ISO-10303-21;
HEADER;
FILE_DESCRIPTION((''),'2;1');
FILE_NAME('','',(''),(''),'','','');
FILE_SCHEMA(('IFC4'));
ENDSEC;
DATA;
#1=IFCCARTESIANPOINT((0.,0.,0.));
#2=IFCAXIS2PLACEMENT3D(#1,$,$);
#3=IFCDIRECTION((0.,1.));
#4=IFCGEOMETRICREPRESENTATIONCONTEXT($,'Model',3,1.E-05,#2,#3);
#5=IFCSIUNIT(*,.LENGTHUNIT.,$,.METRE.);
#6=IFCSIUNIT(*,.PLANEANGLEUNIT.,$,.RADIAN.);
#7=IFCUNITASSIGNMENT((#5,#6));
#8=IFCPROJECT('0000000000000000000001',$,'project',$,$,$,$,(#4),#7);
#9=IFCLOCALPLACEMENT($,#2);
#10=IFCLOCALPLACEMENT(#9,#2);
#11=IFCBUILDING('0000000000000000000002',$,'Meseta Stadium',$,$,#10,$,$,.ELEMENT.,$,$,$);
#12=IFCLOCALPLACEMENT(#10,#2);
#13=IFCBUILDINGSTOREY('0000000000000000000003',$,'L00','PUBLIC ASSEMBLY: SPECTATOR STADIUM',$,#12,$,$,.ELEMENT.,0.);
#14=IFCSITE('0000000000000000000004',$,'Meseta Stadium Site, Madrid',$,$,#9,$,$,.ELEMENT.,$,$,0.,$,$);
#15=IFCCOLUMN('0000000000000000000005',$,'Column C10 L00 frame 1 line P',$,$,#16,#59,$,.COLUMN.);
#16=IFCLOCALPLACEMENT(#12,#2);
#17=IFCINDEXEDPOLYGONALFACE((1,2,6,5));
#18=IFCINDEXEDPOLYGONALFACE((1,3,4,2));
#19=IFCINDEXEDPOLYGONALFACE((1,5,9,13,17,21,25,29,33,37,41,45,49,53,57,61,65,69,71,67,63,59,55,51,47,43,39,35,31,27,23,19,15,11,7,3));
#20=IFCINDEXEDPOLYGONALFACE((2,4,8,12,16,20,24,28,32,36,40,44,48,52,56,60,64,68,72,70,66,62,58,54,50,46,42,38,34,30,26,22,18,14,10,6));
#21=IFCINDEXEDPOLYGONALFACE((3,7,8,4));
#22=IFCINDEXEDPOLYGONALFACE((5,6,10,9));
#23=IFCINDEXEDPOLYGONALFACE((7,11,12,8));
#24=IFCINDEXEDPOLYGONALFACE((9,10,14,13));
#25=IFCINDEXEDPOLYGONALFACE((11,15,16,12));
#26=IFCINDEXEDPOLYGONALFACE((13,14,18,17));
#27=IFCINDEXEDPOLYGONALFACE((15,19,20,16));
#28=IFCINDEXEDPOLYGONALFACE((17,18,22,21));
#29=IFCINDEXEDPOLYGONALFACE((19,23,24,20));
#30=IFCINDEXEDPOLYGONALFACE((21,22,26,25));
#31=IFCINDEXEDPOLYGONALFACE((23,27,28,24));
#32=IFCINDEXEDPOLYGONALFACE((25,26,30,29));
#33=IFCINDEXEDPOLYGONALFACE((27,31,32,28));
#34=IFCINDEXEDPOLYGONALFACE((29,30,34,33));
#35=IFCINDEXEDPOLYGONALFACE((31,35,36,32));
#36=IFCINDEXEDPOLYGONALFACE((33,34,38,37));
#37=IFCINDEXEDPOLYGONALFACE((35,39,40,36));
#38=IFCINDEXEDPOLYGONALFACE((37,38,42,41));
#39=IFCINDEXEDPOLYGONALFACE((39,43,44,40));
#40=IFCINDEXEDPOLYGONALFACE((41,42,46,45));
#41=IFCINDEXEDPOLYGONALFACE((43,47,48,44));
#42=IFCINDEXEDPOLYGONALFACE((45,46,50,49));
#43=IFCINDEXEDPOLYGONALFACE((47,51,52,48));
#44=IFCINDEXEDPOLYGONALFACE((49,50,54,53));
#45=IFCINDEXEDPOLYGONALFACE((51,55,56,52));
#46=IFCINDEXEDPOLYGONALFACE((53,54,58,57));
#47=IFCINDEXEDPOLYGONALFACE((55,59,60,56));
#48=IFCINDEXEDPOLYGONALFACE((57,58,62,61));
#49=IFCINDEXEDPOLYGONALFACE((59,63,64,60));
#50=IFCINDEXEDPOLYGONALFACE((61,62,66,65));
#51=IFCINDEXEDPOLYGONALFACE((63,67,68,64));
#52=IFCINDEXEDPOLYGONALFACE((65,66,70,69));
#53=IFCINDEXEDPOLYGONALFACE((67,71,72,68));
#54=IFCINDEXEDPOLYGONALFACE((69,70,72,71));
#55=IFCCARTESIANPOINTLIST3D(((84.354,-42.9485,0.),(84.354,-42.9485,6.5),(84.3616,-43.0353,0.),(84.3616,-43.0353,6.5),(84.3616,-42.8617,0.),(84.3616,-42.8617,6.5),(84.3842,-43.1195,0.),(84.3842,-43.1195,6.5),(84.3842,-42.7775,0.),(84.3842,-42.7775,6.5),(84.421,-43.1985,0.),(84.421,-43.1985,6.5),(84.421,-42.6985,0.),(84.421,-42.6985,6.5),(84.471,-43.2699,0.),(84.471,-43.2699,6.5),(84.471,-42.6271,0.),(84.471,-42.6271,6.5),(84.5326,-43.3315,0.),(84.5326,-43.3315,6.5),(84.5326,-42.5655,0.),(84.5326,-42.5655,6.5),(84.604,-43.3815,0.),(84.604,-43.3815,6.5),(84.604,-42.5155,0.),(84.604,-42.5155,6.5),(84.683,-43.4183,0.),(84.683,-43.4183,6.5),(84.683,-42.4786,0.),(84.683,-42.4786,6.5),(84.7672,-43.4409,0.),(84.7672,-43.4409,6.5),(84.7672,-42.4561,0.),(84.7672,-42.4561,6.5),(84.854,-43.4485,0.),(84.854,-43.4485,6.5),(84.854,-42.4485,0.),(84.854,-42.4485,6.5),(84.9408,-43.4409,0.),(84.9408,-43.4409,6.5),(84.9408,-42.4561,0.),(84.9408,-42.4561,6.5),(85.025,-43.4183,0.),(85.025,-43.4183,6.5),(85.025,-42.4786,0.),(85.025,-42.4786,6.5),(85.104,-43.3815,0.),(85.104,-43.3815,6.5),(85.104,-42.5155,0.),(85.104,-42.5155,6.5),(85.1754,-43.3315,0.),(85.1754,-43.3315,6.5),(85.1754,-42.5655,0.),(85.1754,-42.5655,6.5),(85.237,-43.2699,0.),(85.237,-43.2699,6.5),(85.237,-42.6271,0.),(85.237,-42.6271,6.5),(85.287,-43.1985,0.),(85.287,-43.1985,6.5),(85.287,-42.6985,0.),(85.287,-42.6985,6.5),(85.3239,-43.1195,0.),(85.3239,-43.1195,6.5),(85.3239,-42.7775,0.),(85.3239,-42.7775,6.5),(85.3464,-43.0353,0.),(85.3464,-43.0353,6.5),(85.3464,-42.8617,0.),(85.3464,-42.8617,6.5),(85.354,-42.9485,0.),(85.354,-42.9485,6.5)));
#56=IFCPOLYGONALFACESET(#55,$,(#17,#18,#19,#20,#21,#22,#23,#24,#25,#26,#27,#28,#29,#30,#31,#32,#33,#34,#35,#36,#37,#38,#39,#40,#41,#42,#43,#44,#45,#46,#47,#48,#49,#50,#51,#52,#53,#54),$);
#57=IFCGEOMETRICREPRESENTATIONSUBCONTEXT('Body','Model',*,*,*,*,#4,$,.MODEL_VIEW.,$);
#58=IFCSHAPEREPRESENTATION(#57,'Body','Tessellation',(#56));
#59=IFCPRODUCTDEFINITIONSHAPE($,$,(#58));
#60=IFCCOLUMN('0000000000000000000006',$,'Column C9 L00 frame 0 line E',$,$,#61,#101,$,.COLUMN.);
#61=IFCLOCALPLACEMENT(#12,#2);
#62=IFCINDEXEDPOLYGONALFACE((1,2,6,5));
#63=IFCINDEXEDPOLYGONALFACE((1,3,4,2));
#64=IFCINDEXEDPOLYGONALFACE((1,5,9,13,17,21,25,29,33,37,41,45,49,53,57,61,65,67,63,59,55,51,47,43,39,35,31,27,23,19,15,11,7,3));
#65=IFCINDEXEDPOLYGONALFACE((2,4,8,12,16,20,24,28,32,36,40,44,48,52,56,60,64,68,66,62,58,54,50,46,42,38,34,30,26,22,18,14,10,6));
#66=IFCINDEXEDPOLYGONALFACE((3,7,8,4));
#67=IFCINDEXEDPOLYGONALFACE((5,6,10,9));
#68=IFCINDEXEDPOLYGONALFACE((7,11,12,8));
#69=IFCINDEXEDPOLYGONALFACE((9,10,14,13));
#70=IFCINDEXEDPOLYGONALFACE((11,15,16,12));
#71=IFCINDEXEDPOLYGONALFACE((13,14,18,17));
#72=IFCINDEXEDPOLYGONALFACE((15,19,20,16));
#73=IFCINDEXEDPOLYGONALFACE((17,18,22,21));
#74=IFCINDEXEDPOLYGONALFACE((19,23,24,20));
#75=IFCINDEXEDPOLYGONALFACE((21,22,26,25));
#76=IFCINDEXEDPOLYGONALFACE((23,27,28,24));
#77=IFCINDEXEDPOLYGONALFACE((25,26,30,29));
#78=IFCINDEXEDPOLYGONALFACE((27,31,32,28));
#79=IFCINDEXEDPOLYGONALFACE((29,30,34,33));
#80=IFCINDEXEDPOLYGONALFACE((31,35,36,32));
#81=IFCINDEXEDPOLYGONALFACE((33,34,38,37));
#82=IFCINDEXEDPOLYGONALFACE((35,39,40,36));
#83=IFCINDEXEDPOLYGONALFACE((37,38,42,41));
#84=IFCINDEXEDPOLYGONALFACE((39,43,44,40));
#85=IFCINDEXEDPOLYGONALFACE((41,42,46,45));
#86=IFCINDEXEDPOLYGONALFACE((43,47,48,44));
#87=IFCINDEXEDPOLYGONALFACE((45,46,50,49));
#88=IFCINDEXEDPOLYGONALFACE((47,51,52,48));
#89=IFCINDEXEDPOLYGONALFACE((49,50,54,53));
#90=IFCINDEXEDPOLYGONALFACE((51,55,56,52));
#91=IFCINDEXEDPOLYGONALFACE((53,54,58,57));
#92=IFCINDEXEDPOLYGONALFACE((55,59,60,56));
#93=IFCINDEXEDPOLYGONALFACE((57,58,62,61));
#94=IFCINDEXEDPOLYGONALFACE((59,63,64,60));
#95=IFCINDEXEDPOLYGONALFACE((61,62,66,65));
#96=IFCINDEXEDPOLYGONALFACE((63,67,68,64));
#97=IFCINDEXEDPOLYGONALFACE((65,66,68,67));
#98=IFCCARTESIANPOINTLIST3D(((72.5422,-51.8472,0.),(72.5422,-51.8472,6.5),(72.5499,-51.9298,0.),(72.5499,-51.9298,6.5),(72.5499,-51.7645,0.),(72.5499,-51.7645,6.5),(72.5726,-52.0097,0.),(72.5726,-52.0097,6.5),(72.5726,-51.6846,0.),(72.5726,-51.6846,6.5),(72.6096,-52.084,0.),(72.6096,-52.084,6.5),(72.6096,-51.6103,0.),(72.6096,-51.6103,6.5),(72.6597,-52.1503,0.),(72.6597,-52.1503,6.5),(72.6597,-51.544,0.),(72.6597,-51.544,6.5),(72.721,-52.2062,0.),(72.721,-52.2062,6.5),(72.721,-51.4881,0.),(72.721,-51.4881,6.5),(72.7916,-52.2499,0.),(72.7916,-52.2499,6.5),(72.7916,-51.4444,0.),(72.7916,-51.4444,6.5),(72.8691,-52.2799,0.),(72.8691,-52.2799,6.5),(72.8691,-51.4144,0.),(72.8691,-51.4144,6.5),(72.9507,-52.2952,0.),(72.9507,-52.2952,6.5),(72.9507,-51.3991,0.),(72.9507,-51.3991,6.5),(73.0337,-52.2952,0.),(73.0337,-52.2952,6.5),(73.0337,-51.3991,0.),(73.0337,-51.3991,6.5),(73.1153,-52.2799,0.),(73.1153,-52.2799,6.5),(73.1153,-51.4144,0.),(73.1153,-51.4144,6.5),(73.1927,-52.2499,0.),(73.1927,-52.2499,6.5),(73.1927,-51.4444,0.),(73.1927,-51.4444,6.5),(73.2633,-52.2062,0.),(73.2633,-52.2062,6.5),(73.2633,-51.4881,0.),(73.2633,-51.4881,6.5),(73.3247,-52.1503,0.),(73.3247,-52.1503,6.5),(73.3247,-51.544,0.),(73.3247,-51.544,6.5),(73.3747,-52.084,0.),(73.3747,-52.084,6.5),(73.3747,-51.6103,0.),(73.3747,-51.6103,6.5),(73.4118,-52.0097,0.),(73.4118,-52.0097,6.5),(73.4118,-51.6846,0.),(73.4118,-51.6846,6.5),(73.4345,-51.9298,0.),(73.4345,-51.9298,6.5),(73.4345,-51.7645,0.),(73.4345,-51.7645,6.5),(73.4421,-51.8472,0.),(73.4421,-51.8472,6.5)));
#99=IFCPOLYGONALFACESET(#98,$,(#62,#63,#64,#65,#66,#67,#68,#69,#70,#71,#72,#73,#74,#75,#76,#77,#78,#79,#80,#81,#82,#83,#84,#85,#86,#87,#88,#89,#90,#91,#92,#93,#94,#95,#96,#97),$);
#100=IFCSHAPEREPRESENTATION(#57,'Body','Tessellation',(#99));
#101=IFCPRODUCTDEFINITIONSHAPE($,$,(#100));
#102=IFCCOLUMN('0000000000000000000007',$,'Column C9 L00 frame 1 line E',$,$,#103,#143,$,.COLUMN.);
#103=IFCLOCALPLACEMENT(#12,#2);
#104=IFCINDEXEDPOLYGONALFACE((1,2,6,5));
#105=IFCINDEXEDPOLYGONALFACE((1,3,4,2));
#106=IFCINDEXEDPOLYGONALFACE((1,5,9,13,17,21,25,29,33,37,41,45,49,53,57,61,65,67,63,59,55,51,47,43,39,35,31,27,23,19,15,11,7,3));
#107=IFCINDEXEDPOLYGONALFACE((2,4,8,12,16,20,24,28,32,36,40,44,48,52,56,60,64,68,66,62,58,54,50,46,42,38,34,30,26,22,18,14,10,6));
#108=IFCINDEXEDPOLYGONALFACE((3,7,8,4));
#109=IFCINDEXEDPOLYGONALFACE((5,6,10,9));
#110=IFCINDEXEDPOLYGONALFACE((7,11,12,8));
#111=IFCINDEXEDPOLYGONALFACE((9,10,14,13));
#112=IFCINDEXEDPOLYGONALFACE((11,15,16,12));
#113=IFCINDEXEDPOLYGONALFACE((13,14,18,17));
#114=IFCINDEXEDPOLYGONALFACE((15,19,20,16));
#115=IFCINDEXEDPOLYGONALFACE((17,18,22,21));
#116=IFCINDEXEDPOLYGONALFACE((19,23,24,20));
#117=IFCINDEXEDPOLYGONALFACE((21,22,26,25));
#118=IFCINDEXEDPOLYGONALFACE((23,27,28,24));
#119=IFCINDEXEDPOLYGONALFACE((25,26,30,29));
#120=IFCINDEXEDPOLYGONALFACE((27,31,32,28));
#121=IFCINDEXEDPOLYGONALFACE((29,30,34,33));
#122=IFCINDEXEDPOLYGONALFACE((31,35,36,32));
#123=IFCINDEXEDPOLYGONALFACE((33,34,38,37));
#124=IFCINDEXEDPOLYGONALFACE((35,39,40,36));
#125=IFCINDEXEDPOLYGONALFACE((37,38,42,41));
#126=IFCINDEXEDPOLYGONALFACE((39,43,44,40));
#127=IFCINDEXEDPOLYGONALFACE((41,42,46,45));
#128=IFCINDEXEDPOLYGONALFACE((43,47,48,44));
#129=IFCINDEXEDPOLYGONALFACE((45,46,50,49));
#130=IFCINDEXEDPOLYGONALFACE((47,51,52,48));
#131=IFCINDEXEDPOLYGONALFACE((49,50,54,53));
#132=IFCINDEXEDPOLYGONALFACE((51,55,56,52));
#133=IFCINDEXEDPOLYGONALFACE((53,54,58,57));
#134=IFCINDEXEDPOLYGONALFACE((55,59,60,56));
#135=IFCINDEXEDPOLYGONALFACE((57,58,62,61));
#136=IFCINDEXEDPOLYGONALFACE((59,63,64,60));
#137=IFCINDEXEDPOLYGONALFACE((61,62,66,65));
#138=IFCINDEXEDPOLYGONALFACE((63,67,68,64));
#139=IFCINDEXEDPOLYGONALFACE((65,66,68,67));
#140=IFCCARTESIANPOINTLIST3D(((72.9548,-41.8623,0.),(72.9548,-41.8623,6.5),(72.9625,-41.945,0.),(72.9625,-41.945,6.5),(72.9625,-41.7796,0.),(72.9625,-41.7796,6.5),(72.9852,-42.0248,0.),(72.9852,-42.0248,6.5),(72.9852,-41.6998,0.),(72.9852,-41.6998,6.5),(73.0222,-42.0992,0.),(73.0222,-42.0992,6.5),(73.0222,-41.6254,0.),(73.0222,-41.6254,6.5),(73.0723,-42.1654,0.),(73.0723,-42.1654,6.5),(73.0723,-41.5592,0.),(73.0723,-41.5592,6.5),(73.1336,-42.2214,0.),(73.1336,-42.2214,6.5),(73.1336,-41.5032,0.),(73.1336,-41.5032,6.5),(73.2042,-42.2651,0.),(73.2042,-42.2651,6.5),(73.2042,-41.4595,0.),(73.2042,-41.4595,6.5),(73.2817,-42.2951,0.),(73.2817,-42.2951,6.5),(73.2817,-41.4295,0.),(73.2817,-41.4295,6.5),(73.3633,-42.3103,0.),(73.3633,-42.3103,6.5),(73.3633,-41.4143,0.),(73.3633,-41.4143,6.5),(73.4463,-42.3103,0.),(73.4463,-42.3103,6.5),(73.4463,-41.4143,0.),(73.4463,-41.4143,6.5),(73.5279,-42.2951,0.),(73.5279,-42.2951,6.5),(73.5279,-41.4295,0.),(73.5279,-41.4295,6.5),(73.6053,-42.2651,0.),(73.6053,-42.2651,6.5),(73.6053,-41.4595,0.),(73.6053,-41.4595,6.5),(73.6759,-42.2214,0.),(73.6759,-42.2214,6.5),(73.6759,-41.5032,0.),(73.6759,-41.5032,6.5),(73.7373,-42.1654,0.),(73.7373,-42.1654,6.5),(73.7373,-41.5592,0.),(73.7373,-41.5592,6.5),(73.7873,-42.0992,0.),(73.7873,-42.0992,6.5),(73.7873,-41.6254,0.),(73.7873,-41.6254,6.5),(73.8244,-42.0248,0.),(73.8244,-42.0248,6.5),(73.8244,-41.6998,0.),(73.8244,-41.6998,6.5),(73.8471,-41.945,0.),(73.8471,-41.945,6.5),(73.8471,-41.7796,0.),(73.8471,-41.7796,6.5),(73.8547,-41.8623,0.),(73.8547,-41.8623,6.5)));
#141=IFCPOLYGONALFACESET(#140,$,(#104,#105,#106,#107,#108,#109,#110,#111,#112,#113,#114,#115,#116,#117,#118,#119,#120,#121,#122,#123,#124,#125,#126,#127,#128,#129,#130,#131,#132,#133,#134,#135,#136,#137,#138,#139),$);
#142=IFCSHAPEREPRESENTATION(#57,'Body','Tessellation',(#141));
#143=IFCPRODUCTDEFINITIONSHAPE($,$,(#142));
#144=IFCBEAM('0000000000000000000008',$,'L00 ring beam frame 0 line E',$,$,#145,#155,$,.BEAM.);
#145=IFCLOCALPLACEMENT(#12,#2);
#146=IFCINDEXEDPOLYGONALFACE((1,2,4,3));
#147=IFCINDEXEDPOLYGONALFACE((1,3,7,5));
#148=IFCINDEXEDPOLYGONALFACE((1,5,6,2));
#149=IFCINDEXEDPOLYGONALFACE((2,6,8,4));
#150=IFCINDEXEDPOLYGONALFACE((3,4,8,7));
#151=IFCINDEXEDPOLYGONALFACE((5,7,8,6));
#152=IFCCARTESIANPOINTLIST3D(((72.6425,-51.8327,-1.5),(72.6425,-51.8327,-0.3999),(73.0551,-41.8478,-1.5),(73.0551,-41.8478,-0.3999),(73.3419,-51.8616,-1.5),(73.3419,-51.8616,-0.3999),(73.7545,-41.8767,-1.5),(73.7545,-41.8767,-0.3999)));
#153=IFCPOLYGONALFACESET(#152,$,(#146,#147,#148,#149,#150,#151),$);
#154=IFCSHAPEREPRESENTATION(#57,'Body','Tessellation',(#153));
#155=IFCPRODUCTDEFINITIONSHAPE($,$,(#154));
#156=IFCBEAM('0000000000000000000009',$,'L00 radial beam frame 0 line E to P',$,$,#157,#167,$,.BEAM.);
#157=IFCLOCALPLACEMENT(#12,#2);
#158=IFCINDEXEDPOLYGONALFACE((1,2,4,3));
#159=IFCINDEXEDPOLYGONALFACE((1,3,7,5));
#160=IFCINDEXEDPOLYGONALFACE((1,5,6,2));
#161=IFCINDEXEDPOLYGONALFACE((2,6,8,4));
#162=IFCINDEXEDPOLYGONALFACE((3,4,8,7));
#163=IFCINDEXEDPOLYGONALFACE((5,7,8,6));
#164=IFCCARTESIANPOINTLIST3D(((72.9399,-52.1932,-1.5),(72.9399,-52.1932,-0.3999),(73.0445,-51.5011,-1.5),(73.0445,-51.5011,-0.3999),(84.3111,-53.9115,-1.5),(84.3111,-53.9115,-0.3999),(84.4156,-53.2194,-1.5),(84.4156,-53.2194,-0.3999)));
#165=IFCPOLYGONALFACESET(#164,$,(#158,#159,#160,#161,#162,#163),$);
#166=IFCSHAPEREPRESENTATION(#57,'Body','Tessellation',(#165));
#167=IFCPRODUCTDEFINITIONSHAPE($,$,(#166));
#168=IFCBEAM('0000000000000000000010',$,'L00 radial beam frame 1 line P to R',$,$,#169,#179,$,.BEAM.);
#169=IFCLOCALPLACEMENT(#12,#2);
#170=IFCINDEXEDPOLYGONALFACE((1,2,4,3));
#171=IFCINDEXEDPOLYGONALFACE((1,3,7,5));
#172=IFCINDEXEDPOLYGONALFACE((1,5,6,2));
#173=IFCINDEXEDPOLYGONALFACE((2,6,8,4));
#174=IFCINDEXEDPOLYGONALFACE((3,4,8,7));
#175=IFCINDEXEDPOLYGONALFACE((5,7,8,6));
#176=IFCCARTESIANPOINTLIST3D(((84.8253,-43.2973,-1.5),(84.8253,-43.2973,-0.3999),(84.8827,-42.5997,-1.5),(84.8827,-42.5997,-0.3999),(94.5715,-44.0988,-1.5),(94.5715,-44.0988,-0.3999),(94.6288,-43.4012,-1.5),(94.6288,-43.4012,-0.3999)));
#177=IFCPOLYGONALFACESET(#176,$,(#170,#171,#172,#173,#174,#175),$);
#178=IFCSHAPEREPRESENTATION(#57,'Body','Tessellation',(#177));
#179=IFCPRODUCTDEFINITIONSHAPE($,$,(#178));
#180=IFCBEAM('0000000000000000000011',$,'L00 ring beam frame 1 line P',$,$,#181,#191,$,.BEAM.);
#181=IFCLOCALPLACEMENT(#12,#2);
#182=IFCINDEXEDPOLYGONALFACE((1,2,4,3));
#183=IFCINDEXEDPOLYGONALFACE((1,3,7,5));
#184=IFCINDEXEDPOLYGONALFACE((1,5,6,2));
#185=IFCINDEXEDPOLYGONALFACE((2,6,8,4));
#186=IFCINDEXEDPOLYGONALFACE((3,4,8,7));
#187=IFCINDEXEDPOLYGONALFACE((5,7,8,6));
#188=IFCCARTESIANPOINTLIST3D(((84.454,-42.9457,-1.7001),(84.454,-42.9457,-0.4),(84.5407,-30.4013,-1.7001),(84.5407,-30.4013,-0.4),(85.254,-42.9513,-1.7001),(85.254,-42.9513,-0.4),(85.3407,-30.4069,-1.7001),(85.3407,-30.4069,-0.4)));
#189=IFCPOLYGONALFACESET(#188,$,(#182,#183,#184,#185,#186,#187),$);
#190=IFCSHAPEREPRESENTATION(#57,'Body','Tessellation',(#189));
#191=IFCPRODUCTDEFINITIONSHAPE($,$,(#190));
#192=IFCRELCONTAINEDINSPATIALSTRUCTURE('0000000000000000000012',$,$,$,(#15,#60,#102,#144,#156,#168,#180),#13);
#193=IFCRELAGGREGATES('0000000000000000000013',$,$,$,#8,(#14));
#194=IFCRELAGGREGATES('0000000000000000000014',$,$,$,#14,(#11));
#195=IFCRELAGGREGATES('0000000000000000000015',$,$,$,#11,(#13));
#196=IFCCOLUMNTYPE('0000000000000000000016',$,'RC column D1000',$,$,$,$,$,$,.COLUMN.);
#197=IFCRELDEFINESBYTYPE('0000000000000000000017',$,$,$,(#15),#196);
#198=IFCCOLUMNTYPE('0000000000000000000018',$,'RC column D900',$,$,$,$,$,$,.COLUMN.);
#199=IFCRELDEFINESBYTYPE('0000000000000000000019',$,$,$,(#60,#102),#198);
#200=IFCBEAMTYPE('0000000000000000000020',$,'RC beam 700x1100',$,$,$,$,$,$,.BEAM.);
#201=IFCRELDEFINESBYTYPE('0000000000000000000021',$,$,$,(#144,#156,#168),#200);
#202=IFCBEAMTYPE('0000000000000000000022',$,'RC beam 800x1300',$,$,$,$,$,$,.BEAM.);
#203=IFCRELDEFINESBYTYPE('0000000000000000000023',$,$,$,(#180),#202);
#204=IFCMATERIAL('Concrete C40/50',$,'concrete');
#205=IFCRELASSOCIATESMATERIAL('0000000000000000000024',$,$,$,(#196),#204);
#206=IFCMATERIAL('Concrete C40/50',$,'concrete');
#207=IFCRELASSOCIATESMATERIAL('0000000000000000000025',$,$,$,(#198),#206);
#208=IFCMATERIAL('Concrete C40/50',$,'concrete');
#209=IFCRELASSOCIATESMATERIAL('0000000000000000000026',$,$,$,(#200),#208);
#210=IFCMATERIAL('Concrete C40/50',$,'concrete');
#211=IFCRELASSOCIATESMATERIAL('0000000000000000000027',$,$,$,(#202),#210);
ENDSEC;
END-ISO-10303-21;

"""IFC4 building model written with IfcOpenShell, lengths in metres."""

from ifc_helpers import new_model, si_unit, direction, frame, origin, origin_2d, place, context, subcontext, project, spatial, rectangle, circle, extrude, material, material_profile, profile_set, type_object, element, save


model = new_model("IFC4")

# Units and contexts
model_context = context("Model", 3, precision=1e-05, world=origin(), true_north=direction((0.0, 1.0)))
body_context = subcontext(model_context, "Body", "Model", "MODEL_VIEW")
ifc_project = project(units=[si_unit("LENGTHUNIT", "METRE"), si_unit("PLANEANGLEUNIT", "RADIAN")], contexts=[model_context])

# Site, building, storey
site_placement = place(None, origin())
site = spatial("IfcSite", under=ifc_project, at=site_placement, Name="Meseta Stadium Site, Madrid", CompositionType="ELEMENT", RefElevation=0.0)
building_placement = place(site_placement, origin())
building = spatial("IfcBuilding", under=site, at=building_placement, Name="Meseta Stadium", CompositionType="ELEMENT")
storey_placement = place(building_placement, origin())
storey = spatial("IfcBuildingStorey", under=building, at=storey_placement, Name="L00", Description="PUBLIC ASSEMBLY: SPECTATOR STADIUM", CompositionType="ELEMENT", Elevation=0.0)

# Columns
ifc_material_1 = material(Name="Concrete C40/50", Category="concrete")
ifc_material_profile_1 = material_profile(ifc_material_1, circle(Radius=0.5, at=origin_2d()), Name="RC D1000")
ifc_profile_set_1 = profile_set([ifc_material_profile_1], Name="Concrete C40/50")
column_type_1 = type_object("IfcColumnType", Name="RC column D1000", PredefinedType="COLUMN", material=ifc_profile_set_1)
column_placement = place(storey_placement, frame((84.854, -42.9485, 0.0), z_axis=(0.0, 0.0, 1.0), x_axis=(1.0, 0.0, 0.0)))
element("IfcColumn", 1, at=column_placement, inside=storey, type_object=column_type_1, Name="Column C10 L00 frame 1 line P", PredefinedType="COLUMN", context=body_context, shape_type="SweptSolid", body=[
    extrude(circle(Radius=0.5, at=origin_2d()), origin(), (0.0, 0.0, 1.0), 6.5),
])
ifc_material_2 = material(Name="Concrete C40/50", Category="concrete")
ifc_material_profile_2 = material_profile(ifc_material_2, circle(Radius=0.45, at=origin_2d()), Name="RC D900")
ifc_profile_set_2 = profile_set([ifc_material_profile_2], Name="Concrete C40/50")
column_type_2 = type_object("IfcColumnType", Name="RC column D900", PredefinedType="COLUMN", material=ifc_profile_set_2)
for number, where, z_axis, x_axis, name in (
    (2, (72.9922, -51.8472, 0.0), (0.0, 0.0, 1.0), (1.0, 0.0, 0.0), "Column C9 L00 frame 0 line E"),
    (3, (73.4048, -41.8623, 0.0), (0.0, 0.0, 1.0), (1.0, 0.0, 0.0), "Column C9 L00 frame 1 line E"),
):
    element("IfcColumn", number, at=place(storey_placement, frame(where, z_axis=z_axis, x_axis=x_axis)), inside=storey, type_object=column_type_2, Name=name, PredefinedType="COLUMN", context=body_context, shape_type="SweptSolid", body=[
        extrude(circle(Radius=0.45, at=origin_2d()), origin(), (0.0, 0.0, 1.0), 6.5),
    ])

# Beams
ifc_material_3 = material(Name="Concrete C40/50", Category="concrete")
ifc_material_profile_3 = material_profile(ifc_material_3, rectangle(XDim=0.7, YDim=1.1001, at=origin_2d()), Name="RC 700x1100")
ifc_profile_set_3 = profile_set([ifc_material_profile_3], Name="Concrete C40/50")
beam_type_1 = type_object("IfcBeamType", Name="RC beam 700x1100", PredefinedType="BEAM", material=ifc_profile_set_3)
beam_1_placement = place(storey_placement, frame((72.9922, -51.8472, -0.95), z_axis=(0.041287, 0.999147, 0.0), x_axis=(-0.999147, 0.041287, 0.0)))
element("IfcBeam", 4, at=beam_1_placement, inside=storey, type_object=beam_type_1, Name="L00 ring beam frame 0 line E", PredefinedType="BEAM", context=body_context, shape_type="SweptSolid", body=[
    extrude(rectangle(XDim=0.7, YDim=1.1001, at=origin_2d()), origin(), (0.0, 0.0, 1.0), 9.9934),
])
beam_2_placement = place(storey_placement, frame((72.9922, -51.8472, -0.95), z_axis=(0.988775, -0.149412, 0.0), x_axis=(0.149412, 0.988775, 0.0)))
element("IfcBeam", 5, at=beam_2_placement, inside=storey, type_object=beam_type_1, Name="L00 radial beam frame 0 line E to P", PredefinedType="BEAM", context=body_context, shape_type="SweptSolid", body=[
    extrude(rectangle(XDim=0.7, YDim=1.1001, at=origin_2d()), origin(), (0.0, 0.0, 1.0), 11.5002),
])
beam_3_placement = place(storey_placement, frame((84.854, -42.9485, -0.95), z_axis=(0.996635, -0.081963, 0.0), x_axis=(0.081963, 0.996635, 0.0)))
element("IfcBeam", 6, at=beam_3_placement, inside=storey, type_object=beam_type_1, Name="L00 radial beam frame 1 line P to R", PredefinedType="BEAM", context=body_context, shape_type="SweptSolid", body=[
    extrude(rectangle(XDim=0.7, YDim=1.1001, at=origin_2d()), origin(), (0.0, 0.0, 1.0), 9.7791),
])
ifc_material_4 = material(Name="Concrete C40/50", Category="concrete")
ifc_material_profile_4 = material_profile(ifc_material_4, rectangle(XDim=0.8, YDim=1.3, at=origin_2d()), Name="RC 800x1300")
ifc_profile_set_4 = profile_set([ifc_material_profile_4], Name="Concrete C40/50")
beam_type_2 = type_object("IfcBeamType", Name="RC beam 800x1300", PredefinedType="BEAM", material=ifc_profile_set_4)
beam_4_placement = place(storey_placement, frame((84.854, -42.9485, -1.05), z_axis=(0.006909, 0.999976, 0.0), x_axis=(-0.999976, 0.006909, 0.0)))
element("IfcBeam", 7, at=beam_4_placement, inside=storey, type_object=beam_type_2, Name="L00 ring beam frame 1 line P", PredefinedType="BEAM", context=body_context, shape_type="SweptSolid", body=[
    extrude(rectangle(XDim=0.8, YDim=1.3, at=origin_2d()), origin(), (0.0, 0.0, 1.0), 12.5447),
])

save(model, "model.ifc")
